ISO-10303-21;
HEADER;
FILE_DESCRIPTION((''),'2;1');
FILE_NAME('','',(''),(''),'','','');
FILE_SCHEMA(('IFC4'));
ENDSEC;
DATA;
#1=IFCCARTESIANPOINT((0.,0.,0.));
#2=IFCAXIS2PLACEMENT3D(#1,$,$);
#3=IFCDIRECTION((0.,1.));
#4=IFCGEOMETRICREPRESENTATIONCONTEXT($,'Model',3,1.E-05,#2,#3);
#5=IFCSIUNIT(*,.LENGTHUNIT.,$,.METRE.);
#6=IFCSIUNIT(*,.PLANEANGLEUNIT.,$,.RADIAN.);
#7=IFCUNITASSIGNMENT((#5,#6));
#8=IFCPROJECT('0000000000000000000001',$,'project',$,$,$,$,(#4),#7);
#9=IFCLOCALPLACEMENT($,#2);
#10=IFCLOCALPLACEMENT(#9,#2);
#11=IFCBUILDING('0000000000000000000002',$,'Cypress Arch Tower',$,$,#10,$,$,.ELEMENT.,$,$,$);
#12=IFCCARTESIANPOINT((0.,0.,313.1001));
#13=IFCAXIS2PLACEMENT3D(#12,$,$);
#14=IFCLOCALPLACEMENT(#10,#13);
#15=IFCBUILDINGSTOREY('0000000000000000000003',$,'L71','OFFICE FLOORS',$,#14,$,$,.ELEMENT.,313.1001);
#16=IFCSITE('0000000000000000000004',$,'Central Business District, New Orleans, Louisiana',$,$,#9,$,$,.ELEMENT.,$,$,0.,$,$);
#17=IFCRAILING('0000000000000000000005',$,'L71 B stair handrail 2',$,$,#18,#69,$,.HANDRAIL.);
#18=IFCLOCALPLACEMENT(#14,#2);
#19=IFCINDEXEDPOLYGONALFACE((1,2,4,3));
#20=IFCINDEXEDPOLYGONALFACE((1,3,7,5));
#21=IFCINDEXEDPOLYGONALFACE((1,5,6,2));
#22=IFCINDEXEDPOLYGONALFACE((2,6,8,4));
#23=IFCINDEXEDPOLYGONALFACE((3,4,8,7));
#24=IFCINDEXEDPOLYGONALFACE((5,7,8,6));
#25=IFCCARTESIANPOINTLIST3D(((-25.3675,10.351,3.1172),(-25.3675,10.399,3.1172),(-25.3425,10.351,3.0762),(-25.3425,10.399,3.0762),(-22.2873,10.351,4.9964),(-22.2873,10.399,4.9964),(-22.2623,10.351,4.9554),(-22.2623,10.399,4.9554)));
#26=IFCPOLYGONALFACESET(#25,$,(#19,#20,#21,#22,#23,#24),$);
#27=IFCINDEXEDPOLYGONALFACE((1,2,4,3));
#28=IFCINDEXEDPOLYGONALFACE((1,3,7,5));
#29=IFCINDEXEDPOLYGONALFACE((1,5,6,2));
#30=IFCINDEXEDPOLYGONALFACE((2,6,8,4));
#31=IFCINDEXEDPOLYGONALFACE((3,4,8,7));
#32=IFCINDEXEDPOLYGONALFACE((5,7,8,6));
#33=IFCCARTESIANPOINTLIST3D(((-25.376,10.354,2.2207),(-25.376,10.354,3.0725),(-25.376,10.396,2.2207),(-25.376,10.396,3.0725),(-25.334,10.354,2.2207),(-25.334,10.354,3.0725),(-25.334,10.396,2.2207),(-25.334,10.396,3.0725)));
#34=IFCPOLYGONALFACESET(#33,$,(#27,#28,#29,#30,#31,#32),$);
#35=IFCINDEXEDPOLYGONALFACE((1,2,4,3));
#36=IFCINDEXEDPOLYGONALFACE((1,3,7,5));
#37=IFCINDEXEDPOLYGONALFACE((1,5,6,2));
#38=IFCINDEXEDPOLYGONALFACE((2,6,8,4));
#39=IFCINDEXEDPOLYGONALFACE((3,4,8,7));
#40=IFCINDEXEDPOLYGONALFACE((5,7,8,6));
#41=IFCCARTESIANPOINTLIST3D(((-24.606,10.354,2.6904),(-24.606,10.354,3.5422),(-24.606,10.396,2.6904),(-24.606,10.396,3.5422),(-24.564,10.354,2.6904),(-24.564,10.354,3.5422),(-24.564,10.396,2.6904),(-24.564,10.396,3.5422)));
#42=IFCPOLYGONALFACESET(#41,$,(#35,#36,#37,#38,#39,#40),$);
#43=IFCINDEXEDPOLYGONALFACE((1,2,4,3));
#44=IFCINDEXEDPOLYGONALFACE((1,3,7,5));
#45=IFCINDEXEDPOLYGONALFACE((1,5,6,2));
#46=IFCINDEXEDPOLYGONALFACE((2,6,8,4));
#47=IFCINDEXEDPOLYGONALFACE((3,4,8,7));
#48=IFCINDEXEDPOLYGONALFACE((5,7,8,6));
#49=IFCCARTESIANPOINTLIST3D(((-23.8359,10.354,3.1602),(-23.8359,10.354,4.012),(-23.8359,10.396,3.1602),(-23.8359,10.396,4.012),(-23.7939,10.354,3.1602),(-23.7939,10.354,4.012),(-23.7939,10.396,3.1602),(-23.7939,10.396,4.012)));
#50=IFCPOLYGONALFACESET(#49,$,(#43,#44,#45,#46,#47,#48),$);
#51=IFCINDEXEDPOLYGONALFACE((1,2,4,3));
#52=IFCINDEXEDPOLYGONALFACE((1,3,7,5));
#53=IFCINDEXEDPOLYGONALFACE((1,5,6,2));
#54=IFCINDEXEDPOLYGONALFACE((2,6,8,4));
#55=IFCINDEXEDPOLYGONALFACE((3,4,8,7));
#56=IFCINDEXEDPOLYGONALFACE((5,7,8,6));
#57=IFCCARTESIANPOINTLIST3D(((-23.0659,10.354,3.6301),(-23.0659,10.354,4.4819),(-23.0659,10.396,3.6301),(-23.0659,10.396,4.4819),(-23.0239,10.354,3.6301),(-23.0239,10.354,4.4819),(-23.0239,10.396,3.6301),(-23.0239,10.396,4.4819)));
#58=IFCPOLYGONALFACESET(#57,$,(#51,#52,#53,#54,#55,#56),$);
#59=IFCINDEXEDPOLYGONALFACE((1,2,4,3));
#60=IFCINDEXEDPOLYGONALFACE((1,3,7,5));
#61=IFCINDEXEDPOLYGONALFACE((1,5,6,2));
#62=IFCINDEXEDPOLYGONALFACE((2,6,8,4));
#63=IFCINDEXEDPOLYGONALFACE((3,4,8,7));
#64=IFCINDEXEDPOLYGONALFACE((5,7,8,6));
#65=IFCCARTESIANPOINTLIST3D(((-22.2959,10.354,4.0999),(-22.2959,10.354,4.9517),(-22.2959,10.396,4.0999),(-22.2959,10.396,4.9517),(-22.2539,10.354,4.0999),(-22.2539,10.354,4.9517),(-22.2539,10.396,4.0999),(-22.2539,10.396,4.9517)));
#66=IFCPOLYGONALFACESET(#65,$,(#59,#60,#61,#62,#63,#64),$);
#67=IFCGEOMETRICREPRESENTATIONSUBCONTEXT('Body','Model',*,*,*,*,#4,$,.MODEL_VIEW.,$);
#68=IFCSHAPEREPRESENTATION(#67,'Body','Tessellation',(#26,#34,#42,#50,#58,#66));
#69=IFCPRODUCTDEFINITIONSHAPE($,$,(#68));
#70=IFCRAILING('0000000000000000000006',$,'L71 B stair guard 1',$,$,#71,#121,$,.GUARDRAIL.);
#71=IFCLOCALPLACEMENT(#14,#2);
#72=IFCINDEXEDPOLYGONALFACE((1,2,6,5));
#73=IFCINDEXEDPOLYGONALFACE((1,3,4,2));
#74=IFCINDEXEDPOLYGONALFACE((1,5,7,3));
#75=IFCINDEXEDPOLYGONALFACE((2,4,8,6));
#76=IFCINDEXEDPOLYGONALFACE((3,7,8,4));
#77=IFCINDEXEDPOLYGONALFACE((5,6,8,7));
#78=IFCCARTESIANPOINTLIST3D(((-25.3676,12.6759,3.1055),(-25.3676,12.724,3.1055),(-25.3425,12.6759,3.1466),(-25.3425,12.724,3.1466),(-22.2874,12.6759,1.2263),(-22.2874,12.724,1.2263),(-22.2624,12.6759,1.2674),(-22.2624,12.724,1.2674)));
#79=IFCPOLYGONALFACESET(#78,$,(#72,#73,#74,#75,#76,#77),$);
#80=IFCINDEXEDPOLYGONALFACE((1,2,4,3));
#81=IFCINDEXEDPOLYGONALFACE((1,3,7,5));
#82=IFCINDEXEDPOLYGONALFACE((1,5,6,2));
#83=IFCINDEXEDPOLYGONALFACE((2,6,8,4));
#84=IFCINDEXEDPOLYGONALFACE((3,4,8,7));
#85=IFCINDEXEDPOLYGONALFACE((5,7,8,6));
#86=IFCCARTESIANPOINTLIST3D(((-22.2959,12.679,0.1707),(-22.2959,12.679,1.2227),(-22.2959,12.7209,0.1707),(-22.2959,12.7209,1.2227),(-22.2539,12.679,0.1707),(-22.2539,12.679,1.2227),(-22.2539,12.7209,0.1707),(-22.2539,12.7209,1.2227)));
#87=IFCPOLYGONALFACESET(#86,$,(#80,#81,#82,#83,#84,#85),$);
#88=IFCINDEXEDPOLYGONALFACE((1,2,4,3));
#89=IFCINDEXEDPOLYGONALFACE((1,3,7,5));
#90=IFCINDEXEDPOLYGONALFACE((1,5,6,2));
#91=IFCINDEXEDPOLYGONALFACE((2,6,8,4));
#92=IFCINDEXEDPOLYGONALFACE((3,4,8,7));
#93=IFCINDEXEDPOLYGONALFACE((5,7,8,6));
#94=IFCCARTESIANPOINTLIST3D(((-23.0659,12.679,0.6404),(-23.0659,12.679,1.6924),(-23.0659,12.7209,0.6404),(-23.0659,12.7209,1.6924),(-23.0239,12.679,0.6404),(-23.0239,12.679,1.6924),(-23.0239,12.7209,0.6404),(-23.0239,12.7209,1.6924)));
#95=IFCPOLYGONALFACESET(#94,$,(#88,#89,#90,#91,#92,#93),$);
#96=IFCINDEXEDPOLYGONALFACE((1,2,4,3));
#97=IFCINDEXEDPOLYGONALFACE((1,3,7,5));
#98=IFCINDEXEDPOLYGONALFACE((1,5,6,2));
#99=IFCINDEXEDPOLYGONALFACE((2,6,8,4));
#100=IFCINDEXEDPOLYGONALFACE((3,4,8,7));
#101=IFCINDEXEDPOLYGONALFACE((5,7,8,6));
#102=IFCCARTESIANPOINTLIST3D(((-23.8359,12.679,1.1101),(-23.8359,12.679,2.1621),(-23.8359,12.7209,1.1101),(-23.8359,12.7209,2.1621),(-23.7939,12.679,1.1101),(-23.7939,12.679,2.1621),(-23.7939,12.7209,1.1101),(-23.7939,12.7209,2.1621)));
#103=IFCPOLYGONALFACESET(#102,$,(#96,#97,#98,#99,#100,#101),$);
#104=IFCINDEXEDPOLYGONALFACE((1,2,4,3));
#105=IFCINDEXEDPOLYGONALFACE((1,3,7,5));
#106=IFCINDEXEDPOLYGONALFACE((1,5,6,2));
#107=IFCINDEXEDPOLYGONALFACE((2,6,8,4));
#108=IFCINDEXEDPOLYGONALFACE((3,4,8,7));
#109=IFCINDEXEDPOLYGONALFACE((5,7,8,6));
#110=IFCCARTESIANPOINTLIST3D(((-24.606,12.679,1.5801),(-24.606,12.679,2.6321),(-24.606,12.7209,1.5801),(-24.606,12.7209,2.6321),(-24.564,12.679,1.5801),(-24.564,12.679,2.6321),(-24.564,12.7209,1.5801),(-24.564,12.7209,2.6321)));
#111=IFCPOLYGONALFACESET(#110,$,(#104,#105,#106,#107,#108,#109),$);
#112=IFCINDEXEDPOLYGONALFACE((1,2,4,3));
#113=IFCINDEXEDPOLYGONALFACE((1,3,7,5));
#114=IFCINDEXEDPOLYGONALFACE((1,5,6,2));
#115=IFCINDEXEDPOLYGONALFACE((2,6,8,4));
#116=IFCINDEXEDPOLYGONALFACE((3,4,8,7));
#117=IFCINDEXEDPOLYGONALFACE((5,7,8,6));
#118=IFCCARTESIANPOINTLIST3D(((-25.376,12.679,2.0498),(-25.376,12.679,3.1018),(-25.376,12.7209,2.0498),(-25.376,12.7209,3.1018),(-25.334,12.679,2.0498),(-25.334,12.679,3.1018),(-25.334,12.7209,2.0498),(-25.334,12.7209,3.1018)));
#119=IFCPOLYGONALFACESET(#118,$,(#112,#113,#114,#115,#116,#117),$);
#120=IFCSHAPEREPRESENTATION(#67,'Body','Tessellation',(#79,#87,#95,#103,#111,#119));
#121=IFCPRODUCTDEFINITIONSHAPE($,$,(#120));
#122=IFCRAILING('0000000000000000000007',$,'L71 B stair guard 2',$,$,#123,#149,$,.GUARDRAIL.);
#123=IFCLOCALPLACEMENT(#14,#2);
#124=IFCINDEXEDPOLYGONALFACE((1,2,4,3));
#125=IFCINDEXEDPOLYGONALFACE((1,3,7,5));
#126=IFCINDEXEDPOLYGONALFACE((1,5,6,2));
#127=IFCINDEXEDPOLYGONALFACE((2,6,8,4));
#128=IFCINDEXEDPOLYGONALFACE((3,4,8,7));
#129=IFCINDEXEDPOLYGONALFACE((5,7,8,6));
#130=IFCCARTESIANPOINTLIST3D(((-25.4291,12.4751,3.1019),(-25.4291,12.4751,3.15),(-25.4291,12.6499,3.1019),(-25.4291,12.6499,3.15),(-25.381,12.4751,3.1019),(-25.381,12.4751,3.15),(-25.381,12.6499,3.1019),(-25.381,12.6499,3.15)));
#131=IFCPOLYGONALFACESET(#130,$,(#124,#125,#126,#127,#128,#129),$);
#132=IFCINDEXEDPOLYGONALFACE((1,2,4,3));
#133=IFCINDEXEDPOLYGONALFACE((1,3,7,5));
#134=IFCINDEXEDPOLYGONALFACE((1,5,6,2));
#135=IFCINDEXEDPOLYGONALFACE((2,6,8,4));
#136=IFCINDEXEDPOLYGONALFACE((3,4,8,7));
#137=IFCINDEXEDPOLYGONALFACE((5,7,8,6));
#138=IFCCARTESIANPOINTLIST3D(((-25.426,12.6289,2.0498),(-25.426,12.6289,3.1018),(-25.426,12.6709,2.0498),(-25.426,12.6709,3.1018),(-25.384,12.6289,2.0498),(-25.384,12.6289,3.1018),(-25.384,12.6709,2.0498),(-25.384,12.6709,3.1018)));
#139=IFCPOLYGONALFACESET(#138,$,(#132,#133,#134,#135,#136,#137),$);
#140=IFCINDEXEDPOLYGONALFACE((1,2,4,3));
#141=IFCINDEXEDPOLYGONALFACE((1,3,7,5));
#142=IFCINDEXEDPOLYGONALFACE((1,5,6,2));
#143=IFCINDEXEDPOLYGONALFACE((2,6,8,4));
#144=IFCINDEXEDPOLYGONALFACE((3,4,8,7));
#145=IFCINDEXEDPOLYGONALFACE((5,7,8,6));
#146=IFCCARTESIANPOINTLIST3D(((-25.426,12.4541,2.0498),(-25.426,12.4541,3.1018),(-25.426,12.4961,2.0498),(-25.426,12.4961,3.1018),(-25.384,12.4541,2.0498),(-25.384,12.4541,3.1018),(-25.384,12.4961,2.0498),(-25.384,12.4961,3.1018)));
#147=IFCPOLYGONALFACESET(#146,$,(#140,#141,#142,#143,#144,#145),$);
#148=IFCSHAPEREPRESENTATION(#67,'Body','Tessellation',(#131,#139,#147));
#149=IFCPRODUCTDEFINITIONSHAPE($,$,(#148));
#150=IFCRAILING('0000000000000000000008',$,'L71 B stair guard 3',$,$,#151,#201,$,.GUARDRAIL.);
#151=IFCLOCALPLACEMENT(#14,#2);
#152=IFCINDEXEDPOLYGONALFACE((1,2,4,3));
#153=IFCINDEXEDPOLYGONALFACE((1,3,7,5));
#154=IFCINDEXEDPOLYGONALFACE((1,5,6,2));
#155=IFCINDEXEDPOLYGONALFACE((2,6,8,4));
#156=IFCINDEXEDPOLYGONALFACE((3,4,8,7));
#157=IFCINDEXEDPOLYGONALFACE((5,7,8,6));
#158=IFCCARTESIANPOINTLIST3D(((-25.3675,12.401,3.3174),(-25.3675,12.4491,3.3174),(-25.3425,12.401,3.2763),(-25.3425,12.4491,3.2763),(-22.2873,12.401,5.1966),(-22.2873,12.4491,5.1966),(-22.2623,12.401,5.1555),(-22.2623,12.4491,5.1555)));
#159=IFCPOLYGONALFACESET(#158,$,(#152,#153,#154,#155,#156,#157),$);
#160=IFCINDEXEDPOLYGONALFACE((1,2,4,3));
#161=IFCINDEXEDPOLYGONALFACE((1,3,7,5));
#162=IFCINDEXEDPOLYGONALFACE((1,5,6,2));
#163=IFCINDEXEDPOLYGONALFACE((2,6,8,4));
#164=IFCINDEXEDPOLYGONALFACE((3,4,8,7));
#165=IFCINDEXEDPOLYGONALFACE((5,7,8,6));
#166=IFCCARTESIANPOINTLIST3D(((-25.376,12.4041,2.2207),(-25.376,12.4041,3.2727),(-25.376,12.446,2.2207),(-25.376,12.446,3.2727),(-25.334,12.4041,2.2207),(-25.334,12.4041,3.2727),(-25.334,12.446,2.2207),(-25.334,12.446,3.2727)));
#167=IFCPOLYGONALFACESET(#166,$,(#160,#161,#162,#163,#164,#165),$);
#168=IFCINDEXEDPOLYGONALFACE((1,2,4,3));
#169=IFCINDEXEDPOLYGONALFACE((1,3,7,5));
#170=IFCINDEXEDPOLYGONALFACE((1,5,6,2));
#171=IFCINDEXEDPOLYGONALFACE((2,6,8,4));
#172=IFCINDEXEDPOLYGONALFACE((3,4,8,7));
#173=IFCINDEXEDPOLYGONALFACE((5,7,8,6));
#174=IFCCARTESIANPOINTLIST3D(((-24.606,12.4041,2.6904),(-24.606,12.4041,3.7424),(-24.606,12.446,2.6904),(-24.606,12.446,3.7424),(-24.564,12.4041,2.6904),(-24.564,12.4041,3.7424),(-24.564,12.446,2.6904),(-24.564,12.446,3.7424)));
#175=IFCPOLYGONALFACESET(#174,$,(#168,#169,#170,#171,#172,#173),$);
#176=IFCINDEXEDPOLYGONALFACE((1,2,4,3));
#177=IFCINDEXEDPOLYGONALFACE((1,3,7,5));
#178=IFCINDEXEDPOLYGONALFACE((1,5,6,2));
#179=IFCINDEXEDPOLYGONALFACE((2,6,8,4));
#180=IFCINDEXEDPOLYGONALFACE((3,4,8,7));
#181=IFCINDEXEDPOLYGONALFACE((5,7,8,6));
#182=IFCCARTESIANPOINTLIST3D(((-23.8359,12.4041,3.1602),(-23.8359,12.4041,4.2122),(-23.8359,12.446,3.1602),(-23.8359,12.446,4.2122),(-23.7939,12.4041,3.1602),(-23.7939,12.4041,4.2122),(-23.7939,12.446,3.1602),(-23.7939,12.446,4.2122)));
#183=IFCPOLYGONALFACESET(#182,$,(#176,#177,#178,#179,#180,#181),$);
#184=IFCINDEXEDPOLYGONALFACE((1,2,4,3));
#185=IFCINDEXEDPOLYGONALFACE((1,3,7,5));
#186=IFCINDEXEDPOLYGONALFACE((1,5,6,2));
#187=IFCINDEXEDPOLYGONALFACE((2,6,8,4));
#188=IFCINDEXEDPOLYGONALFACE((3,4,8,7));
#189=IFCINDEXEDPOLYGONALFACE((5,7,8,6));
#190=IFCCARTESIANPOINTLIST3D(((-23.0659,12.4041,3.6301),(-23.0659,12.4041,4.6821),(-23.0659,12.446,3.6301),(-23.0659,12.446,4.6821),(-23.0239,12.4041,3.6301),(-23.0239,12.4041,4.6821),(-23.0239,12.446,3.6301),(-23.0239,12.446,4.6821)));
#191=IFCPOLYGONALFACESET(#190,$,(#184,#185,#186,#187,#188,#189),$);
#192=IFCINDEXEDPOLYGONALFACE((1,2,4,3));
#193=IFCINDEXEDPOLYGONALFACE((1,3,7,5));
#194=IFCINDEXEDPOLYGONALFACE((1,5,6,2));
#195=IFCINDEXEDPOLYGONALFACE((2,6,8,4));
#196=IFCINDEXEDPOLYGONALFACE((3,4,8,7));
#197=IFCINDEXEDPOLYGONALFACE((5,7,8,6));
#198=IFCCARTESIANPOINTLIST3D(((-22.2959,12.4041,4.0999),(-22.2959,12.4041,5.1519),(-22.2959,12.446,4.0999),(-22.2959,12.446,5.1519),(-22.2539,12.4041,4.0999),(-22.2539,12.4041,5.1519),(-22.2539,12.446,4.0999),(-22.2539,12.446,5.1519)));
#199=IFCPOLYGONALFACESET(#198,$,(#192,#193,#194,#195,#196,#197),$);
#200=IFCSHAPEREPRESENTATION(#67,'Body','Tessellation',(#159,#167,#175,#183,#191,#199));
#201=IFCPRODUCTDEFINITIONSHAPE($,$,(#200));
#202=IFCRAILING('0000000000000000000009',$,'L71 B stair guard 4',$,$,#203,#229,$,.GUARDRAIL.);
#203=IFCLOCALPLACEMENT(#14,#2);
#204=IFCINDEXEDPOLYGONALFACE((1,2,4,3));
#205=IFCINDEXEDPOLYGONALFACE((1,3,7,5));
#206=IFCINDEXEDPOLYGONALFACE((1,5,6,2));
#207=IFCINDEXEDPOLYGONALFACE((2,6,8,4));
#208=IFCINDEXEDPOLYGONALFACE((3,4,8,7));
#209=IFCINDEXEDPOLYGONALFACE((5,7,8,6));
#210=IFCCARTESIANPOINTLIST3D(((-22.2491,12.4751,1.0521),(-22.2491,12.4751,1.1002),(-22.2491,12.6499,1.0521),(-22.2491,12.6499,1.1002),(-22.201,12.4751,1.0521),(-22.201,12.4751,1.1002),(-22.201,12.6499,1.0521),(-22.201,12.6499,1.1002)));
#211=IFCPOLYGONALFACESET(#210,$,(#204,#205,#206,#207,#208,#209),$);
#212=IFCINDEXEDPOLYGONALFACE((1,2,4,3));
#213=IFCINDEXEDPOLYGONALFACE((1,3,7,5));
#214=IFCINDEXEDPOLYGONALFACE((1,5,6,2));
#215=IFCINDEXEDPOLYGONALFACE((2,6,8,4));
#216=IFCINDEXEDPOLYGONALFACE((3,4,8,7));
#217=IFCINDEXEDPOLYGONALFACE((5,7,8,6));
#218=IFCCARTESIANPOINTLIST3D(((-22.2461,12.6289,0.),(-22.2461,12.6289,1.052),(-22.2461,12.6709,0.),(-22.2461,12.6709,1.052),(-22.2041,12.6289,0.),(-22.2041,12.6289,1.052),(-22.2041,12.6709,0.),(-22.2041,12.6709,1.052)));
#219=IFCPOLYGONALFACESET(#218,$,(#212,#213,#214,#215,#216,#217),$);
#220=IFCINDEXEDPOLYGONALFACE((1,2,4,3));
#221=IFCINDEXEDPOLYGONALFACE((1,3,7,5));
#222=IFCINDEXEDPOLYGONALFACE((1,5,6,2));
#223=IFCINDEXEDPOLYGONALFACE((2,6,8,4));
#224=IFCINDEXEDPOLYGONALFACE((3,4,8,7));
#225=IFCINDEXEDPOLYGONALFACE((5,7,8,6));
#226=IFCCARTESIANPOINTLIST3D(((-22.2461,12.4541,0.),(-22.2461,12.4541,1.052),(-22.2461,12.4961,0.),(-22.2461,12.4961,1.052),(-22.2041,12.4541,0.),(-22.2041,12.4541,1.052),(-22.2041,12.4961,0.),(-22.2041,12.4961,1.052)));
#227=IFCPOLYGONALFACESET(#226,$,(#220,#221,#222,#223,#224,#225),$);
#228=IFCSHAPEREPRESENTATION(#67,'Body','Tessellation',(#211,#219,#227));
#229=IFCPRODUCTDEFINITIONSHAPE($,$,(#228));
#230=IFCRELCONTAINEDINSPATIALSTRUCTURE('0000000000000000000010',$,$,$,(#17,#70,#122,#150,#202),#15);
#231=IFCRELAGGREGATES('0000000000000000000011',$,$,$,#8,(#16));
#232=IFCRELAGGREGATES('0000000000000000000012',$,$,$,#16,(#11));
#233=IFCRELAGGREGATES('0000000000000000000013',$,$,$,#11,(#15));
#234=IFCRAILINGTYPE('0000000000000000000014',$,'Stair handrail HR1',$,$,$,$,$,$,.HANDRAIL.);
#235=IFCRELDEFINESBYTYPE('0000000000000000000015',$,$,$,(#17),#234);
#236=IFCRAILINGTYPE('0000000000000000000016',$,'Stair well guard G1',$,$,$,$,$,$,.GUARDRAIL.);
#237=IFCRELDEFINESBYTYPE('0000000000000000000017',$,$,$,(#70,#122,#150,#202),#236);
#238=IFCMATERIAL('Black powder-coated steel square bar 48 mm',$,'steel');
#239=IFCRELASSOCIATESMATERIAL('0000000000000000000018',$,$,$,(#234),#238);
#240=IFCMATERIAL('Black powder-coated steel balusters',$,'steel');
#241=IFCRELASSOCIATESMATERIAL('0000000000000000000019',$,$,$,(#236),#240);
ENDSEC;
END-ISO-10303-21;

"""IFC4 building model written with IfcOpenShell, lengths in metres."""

from ifc_helpers import new_model, si_unit, direction, frame, origin, origin_2d, place, context, subcontext, project, spatial, rectangle, extrude, material, type_object, element, save


model = new_model("IFC4")

# Units and contexts
model_context = context("Model", 3, precision=1e-05, world=origin(), true_north=direction((0.0, 1.0)))
body_context = subcontext(model_context, "Body", "Model", "MODEL_VIEW")
ifc_project = project(units=[si_unit("LENGTHUNIT", "METRE"), si_unit("PLANEANGLEUNIT", "RADIAN")], contexts=[model_context])

# Site, building, storey
site_placement = place(None, origin())
site = spatial("IfcSite", under=ifc_project, at=site_placement, Name="Central Business District, New Orleans, Louisiana", CompositionType="ELEMENT", RefElevation=0.0)
building_placement = place(site_placement, origin())
building = spatial("IfcBuilding", under=site, at=building_placement, Name="Cypress Arch Tower", CompositionType="ELEMENT")
storey_placement = place(building_placement, frame((0.0, 0.0, 313.1001)))
storey = spatial("IfcBuildingStorey", under=building, at=storey_placement, Name="L71", Description="OFFICE FLOORS", CompositionType="ELEMENT", Elevation=313.1001)

# Railings
ifc_material_1 = material(Name="Black powder-coated steel square bar 48 mm", Category="steel")
railing_type_1 = type_object("IfcRailingType", Name="Stair handrail HR1", PredefinedType="HANDRAIL", material=ifc_material_1)
railing_1_placement = place(storey_placement, frame((-25.355, 10.375, 2.2207)))
element("IfcRailing", 1, at=railing_1_placement, inside=storey, type_object=railing_type_1, Name="L71 B stair handrail 2", PredefinedType="HANDRAIL", context=body_context, shape_type="SweptSolid", body=[
    extrude(rectangle(XDim=0.0481, YDim=0.0481, at=origin_2d()), frame((0.0, 0.0, 0.876), z_axis=(0.853666, 0.0, 0.52082), x_axis=(0.0, 1.0, 0.0)), (0.0, 0.0, 1.0), 3.6082),
    extrude(rectangle(XDim=0.042, YDim=0.042, at=origin_2d()), origin(), (0.0, 0.0, 1.0), 0.8518),
    extrude(rectangle(XDim=0.042, YDim=0.042, at=origin_2d()), frame((0.77, 0.0, 0.4697)), (0.0, 0.0, 1.0), 0.8518),
    extrude(rectangle(XDim=0.042, YDim=0.042, at=origin_2d()), frame((1.54, 0.0, 0.9395)), (0.0, 0.0, 1.0), 0.8518),
    extrude(rectangle(XDim=0.042, YDim=0.042, at=origin_2d()), frame((2.3101, 0.0, 1.4094)), (0.0, 0.0, 1.0), 0.8518),
    extrude(rectangle(XDim=0.042, YDim=0.042, at=origin_2d()), frame((3.0801, 0.0, 1.8792)), (0.0, 0.0, 1.0), 0.8518),
])
ifc_material_2 = material(Name="Black powder-coated steel balusters", Category="steel")
railing_type_2 = type_object("IfcRailingType", Name="Stair well guard G1", PredefinedType="GUARDRAIL", material=ifc_material_2)
railing_2_placement = place(storey_placement, frame((-22.2749, 12.7, 0.1707)))
element("IfcRailing", 2, at=railing_2_placement, inside=storey, type_object=railing_type_2, Name="L71 B stair guard 1", PredefinedType="GUARDRAIL", context=body_context, shape_type="SweptSolid", body=[
    extrude(rectangle(XDim=0.0481, YDim=0.0481, at=origin_2d()), frame((0.0, 0.0, 1.0762), z_axis=(-0.853666, 0.0, 0.52082), x_axis=(0.0, -1.0, 0.0)), (0.0, 0.0, 1.0), 3.6082),
    extrude(rectangle(XDim=0.042, YDim=0.042, at=origin_2d()), origin(), (0.0, 0.0, 1.0), 1.052),
    extrude(rectangle(XDim=0.042, YDim=0.042, at=origin_2d()), frame((-0.77, 0.0, 0.4697)), (0.0, 0.0, 1.0), 1.052),
    extrude(rectangle(XDim=0.042, YDim=0.042, at=origin_2d()), frame((-1.54, 0.0, 0.9395)), (0.0, 0.0, 1.0), 1.052),
    extrude(rectangle(XDim=0.042, YDim=0.042, at=origin_2d()), frame((-2.3101, 0.0, 1.4094)), (0.0, 0.0, 1.0), 1.052),
    extrude(rectangle(XDim=0.042, YDim=0.042, at=origin_2d()), frame((-3.0801, 0.0, 1.8792)), (0.0, 0.0, 1.0), 1.052),
])
railing_3_placement = place(storey_placement, frame((-25.405, 12.6499, 2.0498)))
element("IfcRailing", 3, at=railing_3_placement, inside=storey, type_object=railing_type_2, Name="L71 B stair guard 2", PredefinedType="GUARDRAIL", context=body_context, shape_type="SweptSolid", body=[
    extrude(rectangle(XDim=0.0481, YDim=0.0481, at=origin_2d()), frame((0.0, 0.0, 1.0762), z_axis=(0.0, -1.0, 0.0), x_axis=(1.0, 0.0, 0.0)), (0.0, 0.0, 1.0), 0.1748),
    extrude(rectangle(XDim=0.042, YDim=0.042, at=origin_2d()), origin(), (0.0, 0.0, 1.0), 1.052),
    extrude(rectangle(XDim=0.042, YDim=0.042, at=origin_2d()), frame((0.0, -0.1748, 0.0)), (0.0, 0.0, 1.0), 1.052),
])
railing_4_placement = place(storey_placement, frame((-25.355, 12.425, 2.2207)))
element("IfcRailing", 4, at=railing_4_placement, inside=storey, type_object=railing_type_2, Name="L71 B stair guard 3", PredefinedType="GUARDRAIL", context=body_context, shape_type="SweptSolid", body=[
    extrude(rectangle(XDim=0.0481, YDim=0.0481, at=origin_2d()), frame((0.0, 0.0, 1.0762), z_axis=(0.853666, 0.0, 0.52082), x_axis=(0.0, 1.0, 0.0)), (0.0, 0.0, 1.0), 3.6082),
    extrude(rectangle(XDim=0.042, YDim=0.042, at=origin_2d()), origin(), (0.0, 0.0, 1.0), 1.052),
    extrude(rectangle(XDim=0.042, YDim=0.042, at=origin_2d()), frame((0.77, 0.0, 0.4697)), (0.0, 0.0, 1.0), 1.052),
    extrude(rectangle(XDim=0.042, YDim=0.042, at=origin_2d()), frame((1.54, 0.0, 0.9395)), (0.0, 0.0, 1.0), 1.052),
    extrude(rectangle(XDim=0.042, YDim=0.042, at=origin_2d()), frame((2.3101, 0.0, 1.4094)), (0.0, 0.0, 1.0), 1.052),
    extrude(rectangle(XDim=0.042, YDim=0.042, at=origin_2d()), frame((3.0801, 0.0, 1.8792)), (0.0, 0.0, 1.0), 1.052),
])
railing_5_placement = place(storey_placement, frame((-22.2251, 12.6499, 0.0)))
element("IfcRailing", 5, at=railing_5_placement, inside=storey, type_object=railing_type_2, Name="L71 B stair guard 4", PredefinedType="GUARDRAIL", context=body_context, shape_type="SweptSolid", body=[
    extrude(rectangle(XDim=0.0481, YDim=0.0481, at=origin_2d()), frame((0.0, 0.0, 1.0762), z_axis=(0.0, -1.0, 0.0), x_axis=(1.0, 0.0, 0.0)), (0.0, 0.0, 1.0), 0.1748),
    extrude(rectangle(XDim=0.042, YDim=0.042, at=origin_2d()), origin(), (0.0, 0.0, 1.0), 1.052),
    extrude(rectangle(XDim=0.042, YDim=0.042, at=origin_2d()), frame((0.0, -0.1748, 0.0)), (0.0, 0.0, 1.0), 1.052),
])

save(model, "model.ifc")
